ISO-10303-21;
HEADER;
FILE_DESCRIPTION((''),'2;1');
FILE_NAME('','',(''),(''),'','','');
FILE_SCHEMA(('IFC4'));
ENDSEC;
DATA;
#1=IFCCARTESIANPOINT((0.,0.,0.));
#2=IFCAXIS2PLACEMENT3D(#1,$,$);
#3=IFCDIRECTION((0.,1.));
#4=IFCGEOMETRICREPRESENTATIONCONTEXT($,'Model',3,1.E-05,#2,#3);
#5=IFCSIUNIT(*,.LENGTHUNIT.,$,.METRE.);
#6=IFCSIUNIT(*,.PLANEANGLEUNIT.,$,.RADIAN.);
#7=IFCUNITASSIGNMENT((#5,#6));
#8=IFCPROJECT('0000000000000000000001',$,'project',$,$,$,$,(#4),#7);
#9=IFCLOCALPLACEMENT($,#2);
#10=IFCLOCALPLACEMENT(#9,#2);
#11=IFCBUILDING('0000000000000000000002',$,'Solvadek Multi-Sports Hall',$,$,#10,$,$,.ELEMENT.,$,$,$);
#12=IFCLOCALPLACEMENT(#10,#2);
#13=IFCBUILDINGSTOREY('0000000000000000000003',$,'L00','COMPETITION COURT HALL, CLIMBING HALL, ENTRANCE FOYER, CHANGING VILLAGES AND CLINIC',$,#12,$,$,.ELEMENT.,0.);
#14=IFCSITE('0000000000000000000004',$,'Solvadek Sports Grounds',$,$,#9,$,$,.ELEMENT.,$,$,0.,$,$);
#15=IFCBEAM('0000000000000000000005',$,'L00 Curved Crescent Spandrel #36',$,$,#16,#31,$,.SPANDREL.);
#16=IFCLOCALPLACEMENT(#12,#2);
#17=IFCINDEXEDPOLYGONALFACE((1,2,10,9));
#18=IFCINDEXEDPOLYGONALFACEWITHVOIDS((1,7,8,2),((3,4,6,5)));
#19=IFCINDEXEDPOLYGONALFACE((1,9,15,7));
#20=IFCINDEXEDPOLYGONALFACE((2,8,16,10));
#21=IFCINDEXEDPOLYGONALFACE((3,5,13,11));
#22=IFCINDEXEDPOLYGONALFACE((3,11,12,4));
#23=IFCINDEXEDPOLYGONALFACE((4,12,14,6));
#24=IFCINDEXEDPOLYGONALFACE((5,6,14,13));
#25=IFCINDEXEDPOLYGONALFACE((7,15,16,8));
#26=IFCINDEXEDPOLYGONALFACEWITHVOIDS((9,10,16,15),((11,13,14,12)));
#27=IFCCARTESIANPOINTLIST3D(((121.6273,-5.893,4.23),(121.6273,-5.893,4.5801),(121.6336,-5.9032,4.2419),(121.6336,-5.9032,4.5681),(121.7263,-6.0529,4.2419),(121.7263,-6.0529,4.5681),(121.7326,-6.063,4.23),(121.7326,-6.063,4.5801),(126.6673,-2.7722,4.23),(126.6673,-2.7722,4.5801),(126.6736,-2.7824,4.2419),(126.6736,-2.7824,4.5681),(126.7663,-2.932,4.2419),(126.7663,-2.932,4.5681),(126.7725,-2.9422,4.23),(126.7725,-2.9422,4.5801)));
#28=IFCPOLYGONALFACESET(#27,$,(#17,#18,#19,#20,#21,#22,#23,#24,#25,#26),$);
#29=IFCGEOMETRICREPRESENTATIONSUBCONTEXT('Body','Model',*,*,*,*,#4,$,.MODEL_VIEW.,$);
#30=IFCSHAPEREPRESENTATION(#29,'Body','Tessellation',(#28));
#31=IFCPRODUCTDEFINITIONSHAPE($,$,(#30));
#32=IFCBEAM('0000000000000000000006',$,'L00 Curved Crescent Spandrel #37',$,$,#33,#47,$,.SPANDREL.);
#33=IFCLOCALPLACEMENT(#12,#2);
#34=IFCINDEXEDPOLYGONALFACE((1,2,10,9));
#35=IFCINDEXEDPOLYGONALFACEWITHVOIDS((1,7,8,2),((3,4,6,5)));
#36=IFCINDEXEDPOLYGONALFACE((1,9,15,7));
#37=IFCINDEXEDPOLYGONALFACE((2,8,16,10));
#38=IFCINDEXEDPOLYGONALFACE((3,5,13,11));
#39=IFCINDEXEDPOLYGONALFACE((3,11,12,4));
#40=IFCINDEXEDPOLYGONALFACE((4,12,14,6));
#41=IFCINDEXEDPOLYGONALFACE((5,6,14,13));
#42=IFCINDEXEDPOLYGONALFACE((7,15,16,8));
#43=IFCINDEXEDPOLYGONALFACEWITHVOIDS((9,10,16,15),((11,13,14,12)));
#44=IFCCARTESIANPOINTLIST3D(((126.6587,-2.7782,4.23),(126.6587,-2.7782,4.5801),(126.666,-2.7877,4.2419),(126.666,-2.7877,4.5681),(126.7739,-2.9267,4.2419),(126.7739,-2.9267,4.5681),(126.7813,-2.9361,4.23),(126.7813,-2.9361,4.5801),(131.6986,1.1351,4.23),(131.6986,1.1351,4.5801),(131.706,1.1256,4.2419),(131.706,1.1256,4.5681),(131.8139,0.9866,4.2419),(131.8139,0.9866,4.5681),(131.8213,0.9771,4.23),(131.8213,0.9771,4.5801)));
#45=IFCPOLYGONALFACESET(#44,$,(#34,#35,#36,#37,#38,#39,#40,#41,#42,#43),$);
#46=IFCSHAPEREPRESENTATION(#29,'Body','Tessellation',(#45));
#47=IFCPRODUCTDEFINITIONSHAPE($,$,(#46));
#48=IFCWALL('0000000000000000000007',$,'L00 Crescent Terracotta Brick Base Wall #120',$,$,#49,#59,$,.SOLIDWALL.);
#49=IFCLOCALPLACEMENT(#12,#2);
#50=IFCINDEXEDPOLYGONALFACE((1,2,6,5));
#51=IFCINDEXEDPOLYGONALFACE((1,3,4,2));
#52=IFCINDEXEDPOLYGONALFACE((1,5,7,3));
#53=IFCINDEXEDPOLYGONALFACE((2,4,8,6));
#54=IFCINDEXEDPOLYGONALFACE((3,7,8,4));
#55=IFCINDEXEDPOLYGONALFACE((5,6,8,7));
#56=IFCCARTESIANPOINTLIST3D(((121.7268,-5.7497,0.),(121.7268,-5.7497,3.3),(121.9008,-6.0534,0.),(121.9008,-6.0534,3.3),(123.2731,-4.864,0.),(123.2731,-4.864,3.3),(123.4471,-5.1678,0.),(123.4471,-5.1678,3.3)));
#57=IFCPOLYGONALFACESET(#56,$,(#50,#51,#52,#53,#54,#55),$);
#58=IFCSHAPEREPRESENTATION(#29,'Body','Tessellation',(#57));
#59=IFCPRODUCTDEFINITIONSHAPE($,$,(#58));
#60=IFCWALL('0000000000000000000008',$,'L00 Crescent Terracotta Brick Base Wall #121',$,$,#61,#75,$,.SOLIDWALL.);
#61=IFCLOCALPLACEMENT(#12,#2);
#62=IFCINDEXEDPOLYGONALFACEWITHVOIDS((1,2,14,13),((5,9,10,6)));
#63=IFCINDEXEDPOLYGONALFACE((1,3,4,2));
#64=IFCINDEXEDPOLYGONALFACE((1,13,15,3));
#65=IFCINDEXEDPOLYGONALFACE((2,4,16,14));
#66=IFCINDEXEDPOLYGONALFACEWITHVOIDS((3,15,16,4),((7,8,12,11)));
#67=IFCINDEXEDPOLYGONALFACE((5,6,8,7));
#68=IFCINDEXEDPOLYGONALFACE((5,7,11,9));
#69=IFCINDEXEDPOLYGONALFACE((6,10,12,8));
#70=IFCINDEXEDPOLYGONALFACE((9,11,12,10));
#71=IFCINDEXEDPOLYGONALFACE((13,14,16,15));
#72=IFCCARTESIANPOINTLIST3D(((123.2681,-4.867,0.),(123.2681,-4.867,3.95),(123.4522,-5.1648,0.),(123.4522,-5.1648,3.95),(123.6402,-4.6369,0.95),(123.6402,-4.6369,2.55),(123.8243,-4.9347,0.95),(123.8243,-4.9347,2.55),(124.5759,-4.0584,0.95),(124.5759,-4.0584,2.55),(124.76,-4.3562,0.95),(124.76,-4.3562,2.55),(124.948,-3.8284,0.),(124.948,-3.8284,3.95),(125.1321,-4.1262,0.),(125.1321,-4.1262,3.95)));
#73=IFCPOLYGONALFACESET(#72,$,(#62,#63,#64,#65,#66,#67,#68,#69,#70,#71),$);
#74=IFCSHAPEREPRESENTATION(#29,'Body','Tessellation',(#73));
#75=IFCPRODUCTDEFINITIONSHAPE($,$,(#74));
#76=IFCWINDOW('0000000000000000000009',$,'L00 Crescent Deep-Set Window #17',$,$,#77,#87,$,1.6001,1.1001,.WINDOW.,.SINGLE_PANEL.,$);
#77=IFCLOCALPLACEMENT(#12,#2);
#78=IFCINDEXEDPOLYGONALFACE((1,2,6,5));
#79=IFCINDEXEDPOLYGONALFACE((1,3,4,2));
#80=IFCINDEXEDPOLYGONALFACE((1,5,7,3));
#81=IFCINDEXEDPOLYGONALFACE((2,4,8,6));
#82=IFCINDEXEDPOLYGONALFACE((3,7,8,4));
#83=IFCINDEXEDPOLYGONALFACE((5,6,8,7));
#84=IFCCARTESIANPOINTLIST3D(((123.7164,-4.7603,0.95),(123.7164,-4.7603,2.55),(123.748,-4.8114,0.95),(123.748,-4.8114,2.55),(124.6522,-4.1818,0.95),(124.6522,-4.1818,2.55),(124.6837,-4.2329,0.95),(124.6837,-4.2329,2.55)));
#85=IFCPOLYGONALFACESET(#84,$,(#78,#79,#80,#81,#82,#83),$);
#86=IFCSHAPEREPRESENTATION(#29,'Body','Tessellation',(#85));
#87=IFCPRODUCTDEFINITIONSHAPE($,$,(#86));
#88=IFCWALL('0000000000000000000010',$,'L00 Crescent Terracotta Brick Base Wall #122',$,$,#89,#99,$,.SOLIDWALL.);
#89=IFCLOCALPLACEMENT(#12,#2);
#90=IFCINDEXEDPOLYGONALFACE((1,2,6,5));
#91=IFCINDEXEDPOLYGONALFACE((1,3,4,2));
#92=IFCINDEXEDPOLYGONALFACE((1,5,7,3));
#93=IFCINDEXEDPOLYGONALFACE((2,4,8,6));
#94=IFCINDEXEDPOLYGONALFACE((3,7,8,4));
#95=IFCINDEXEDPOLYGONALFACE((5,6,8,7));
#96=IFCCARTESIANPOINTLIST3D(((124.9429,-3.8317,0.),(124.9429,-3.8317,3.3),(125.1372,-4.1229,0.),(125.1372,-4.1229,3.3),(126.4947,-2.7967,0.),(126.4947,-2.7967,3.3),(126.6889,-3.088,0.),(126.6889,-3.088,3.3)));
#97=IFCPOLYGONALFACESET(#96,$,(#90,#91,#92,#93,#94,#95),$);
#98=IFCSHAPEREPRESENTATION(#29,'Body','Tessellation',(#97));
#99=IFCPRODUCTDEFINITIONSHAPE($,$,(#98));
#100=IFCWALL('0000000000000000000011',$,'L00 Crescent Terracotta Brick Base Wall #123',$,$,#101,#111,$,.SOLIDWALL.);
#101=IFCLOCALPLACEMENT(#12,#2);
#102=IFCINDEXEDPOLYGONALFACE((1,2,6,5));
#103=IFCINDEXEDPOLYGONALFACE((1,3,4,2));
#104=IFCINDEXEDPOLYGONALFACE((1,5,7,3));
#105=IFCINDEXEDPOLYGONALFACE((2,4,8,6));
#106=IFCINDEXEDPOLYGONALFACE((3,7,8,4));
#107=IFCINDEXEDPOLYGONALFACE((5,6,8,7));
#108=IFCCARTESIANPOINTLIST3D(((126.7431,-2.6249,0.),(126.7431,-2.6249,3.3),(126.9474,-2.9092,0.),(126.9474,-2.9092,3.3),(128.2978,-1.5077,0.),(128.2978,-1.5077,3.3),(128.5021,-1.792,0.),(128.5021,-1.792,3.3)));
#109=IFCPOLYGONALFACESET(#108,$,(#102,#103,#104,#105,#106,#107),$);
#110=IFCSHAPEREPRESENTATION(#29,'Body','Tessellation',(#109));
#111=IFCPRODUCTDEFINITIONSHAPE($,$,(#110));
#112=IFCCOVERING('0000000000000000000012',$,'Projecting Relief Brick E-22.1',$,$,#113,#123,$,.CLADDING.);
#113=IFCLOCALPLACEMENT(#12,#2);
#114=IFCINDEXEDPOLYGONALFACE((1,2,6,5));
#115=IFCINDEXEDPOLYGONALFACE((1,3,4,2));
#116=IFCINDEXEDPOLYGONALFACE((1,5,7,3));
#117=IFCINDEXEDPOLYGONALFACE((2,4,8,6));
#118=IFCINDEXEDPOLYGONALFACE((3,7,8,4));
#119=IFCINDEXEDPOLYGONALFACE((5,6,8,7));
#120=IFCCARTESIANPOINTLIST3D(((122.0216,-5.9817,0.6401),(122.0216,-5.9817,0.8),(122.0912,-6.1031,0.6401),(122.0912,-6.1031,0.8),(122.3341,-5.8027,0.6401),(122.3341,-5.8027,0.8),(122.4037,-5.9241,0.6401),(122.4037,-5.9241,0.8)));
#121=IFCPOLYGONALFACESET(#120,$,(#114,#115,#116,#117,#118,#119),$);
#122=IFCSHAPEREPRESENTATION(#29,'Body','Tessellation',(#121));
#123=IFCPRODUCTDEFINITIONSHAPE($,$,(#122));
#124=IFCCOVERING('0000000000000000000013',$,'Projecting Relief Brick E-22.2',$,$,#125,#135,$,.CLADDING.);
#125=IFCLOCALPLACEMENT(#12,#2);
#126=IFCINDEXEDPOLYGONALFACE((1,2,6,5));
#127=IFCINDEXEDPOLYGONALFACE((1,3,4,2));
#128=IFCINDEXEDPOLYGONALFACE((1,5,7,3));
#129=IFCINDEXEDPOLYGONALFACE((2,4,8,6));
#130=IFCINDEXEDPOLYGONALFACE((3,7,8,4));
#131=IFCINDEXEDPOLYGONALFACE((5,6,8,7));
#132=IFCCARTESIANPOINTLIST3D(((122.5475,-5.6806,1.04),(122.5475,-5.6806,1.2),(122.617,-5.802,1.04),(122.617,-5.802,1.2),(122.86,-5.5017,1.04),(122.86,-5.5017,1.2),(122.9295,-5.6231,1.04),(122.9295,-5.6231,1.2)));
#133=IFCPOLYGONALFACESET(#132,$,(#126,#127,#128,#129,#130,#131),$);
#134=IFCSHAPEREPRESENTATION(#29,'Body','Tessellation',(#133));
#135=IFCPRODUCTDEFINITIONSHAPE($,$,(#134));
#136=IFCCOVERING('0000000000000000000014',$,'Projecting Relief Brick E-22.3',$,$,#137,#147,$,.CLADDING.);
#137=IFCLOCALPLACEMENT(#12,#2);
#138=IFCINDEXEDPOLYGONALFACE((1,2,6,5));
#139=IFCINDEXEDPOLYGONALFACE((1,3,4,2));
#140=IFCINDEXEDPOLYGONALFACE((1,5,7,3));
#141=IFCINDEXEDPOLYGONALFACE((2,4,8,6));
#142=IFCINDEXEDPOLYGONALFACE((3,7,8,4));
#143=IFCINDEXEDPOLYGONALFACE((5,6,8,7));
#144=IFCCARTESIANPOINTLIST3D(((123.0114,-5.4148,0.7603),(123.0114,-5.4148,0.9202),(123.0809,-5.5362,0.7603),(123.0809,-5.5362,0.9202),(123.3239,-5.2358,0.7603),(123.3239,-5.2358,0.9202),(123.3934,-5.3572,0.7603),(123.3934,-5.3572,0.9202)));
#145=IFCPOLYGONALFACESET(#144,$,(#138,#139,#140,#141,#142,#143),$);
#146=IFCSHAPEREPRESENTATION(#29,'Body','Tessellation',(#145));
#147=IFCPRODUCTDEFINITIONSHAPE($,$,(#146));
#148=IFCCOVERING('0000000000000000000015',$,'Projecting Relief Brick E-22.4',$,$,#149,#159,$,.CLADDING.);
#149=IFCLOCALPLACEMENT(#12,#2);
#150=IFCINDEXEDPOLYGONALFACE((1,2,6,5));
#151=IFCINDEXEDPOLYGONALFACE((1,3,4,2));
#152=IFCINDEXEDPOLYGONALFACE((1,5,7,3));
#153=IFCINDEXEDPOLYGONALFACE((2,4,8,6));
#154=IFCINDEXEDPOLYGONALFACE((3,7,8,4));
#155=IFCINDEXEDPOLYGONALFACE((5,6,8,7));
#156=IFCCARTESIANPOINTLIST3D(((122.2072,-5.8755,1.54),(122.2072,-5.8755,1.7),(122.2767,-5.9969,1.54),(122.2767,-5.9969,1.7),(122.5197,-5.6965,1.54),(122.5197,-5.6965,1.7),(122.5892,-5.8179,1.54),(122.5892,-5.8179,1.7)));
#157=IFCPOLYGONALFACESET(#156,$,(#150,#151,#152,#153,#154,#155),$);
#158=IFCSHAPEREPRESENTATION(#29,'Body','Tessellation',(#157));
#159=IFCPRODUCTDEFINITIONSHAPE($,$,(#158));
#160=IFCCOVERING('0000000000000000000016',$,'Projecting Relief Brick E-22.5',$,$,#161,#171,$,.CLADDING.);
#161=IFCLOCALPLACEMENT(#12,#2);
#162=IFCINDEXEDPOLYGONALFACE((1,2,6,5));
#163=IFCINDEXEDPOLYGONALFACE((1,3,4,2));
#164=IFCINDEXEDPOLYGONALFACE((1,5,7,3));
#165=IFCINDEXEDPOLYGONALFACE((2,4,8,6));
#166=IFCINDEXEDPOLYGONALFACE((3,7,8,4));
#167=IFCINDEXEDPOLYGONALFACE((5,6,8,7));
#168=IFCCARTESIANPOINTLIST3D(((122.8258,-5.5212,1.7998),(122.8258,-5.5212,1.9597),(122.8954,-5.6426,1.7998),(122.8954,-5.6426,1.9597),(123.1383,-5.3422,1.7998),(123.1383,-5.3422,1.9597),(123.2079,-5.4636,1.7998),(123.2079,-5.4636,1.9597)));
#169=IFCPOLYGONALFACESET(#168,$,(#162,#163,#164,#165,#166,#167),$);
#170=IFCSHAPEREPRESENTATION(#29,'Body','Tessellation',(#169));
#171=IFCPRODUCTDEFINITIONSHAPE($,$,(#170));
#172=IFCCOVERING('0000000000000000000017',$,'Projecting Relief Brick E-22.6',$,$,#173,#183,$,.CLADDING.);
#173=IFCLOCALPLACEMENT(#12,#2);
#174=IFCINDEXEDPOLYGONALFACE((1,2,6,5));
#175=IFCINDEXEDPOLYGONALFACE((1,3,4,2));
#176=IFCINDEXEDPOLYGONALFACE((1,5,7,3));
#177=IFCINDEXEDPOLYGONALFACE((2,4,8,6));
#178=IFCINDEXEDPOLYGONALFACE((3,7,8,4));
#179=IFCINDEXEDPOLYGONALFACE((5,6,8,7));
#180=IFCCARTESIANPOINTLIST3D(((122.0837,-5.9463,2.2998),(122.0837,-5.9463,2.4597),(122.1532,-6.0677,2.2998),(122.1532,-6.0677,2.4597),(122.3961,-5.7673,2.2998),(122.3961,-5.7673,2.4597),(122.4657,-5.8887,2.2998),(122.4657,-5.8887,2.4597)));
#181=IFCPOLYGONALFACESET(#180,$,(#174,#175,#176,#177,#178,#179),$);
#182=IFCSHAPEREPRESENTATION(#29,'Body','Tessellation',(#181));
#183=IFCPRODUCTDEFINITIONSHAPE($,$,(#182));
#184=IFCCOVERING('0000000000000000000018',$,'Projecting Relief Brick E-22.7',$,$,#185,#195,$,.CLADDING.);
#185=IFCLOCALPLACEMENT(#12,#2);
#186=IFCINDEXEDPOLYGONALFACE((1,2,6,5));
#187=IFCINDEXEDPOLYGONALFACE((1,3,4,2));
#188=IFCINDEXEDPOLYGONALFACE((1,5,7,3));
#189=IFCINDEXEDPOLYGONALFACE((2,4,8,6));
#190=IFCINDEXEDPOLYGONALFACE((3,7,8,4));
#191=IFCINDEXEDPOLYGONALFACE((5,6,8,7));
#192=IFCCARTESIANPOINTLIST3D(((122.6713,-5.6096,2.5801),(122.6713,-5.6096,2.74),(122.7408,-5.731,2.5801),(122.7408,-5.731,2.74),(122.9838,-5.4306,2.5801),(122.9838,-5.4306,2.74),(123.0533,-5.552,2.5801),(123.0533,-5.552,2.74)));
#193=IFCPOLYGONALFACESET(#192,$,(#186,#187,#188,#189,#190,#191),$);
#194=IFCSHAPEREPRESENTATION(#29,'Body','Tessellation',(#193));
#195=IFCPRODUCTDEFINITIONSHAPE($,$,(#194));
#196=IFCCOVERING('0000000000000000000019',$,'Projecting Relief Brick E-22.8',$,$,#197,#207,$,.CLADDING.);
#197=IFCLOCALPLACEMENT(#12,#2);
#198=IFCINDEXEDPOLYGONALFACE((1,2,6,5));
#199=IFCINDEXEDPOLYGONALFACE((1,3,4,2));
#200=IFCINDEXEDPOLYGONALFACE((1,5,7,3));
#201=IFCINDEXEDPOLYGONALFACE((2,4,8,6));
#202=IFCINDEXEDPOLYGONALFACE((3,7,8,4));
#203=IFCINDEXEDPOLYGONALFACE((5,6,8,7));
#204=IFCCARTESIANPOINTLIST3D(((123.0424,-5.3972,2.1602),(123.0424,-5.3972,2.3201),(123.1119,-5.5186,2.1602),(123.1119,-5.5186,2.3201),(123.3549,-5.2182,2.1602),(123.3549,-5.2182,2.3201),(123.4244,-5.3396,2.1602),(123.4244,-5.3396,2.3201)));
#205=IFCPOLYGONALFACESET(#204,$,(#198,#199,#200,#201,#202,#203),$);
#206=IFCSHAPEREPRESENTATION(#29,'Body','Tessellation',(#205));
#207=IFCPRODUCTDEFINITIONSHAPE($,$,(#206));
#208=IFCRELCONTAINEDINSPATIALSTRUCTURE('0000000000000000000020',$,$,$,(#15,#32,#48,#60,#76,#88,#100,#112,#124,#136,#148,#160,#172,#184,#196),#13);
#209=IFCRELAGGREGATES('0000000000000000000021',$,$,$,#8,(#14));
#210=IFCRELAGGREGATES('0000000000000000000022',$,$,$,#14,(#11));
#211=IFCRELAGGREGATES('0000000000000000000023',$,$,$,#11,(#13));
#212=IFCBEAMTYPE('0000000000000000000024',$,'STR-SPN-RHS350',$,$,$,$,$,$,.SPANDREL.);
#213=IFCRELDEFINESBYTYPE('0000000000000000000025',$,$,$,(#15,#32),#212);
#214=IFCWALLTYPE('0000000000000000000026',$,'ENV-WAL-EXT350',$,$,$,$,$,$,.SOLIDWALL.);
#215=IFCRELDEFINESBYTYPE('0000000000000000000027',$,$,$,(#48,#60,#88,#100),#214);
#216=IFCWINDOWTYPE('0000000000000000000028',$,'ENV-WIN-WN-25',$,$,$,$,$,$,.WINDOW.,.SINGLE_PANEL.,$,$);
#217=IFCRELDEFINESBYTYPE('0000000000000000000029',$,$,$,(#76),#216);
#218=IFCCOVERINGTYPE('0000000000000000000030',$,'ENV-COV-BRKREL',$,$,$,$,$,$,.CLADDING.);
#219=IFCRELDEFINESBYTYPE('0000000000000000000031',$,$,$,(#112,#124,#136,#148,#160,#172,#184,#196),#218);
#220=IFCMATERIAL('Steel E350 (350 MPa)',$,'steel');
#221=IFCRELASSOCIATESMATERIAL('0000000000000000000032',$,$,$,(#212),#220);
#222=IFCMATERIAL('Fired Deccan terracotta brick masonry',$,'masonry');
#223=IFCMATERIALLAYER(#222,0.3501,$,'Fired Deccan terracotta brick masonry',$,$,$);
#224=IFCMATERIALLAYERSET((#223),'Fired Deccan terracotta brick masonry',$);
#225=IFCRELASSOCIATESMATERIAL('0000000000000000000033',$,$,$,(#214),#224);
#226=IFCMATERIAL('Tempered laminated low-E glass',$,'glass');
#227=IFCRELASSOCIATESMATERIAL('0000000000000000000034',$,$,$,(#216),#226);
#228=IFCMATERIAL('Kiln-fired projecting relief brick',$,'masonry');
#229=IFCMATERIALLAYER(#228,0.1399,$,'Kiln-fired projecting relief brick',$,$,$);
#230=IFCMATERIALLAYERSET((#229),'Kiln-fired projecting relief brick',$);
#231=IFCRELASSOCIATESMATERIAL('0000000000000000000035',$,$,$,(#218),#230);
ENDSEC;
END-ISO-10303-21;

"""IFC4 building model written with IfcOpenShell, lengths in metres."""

from ifc_helpers import new_model, si_unit, direction, frame, frame_2d, origin, origin_2d, place, context, subcontext, project, spatial, rectangle, hollow_rectangle, extrude, material, layer, layer_set, material_profile, profile_set, type_object, element, fill, save


model = new_model("IFC4")

# Units and contexts
model_context = context("Model", 3, precision=1e-05, world=origin(), true_north=direction((0.0, 1.0)))
body_context = subcontext(model_context, "Body", "Model", "MODEL_VIEW")
ifc_project = project(units=[si_unit("LENGTHUNIT", "METRE"), si_unit("PLANEANGLEUNIT", "RADIAN")], contexts=[model_context])

# Site, building, storey
site_placement = place(None, origin())
site = spatial("IfcSite", under=ifc_project, at=site_placement, Name="Solvadek Sports Grounds", CompositionType="ELEMENT", RefElevation=0.0)
building_placement = place(site_placement, origin())
building = spatial("IfcBuilding", under=site, at=building_placement, Name="Solvadek Multi-Sports Hall", CompositionType="ELEMENT")
storey_placement = place(building_placement, origin())
storey = spatial("IfcBuildingStorey", under=building, at=storey_placement, Name="L00", Description="COMPETITION COURT HALL, CLIMBING HALL, ENTRANCE FOYER, CHANGING VILLAGES AND CLINIC", CompositionType="ELEMENT", Elevation=0.0)

# Shared definitions
ifc_material_1 = material(Name="Steel E350 (350 MPa)", Category="steel")

# Beams
ifc_material_profile_1 = material_profile(ifc_material_1, hollow_rectangle(XDim=0.2, YDim=0.3501, WallThickness=0.012, at=origin_2d()), Name="RHS 350x200x12")
ifc_profile_set_1 = profile_set([ifc_material_profile_1], Name="Steel E350 (350 MPa)")
beam_type_1 = type_object("IfcBeamType", Name="STR-SPN-RHS350", PredefinedType="SPANDREL", material=ifc_profile_set_1)
beam_1_placement = place(storey_placement, frame((121.6799, -5.978, 4.405), z_axis=(0.850203, 0.526455, 0.0), x_axis=(-0.526455, 0.850203, 0.0)))
element("IfcBeam", 1, at=beam_1_placement, inside=storey, type_object=beam_type_1, Name="L00 Curved Crescent Spandrel #36", PredefinedType="SPANDREL", context=body_context, shape_type="SweptSolid", body=[
    extrude(hollow_rectangle(XDim=0.2, YDim=0.3501, WallThickness=0.012, at=origin_2d()), origin(), (0.0, 0.0, 1.0), 5.928),
])
beam_2_placement = place(storey_placement, frame((126.72, -2.8572, 4.405), z_axis=(0.789861, 0.613286, 0.0), x_axis=(-0.613286, 0.789861, 0.0)))
element("IfcBeam", 2, at=beam_2_placement, inside=storey, type_object=beam_type_1, Name="L00 Curved Crescent Spandrel #37", PredefinedType="SPANDREL", context=body_context, shape_type="SweptSolid", body=[
    extrude(hollow_rectangle(XDim=0.2, YDim=0.3501, WallThickness=0.012, at=origin_2d()), origin(), (0.0, 0.0, 1.0), 6.3809),
])

# Wall
ifc_material_2 = material(Name="Fired Deccan terracotta brick masonry", Category="masonry")
ifc_layer_1 = layer(ifc_material_2, 0.3501, Name="Fired Deccan terracotta brick masonry")
ifc_layer_set_1 = layer_set([ifc_layer_1], Name="Fired Deccan terracotta brick masonry")
wall_type = type_object("IfcWallType", Name="ENV-WAL-EXT350", PredefinedType="SOLIDWALL", material=ifc_layer_set_1)
wall_1_placement = place(storey_placement, frame((121.8137, -5.9016, 0.0), z_axis=(0.0, 0.0, 1.0), x_axis=(0.867737, 0.497024, 0.0)))
element("IfcWall", 3, at=wall_1_placement, inside=storey, type_object=wall_type, Name="L00 Crescent Terracotta Brick Base Wall #120", PredefinedType="SOLIDWALL", context=body_context, shape_type="SweptSolid", body=[
    extrude(rectangle(XDim=1.782, YDim=0.3501, at=frame_2d((0.8911, 0.0))), origin(), (0.0, 0.0, 1.0), 3.3),
])

# Wall, opening, window
wall_2_placement = place(storey_placement, frame((123.3601, -5.0159, 0.0), z_axis=(0.0, 0.0, 1.0), x_axis=(0.850578, 0.525848, 0.0)))
wall_2 = element("IfcWall", 4, at=wall_2_placement, inside=storey, type_object=wall_type, Name="L00 Crescent Terracotta Brick Base Wall #121", PredefinedType="SOLIDWALL", context=body_context, shape_type="SweptSolid", body=[
    extrude(rectangle(XDim=1.9751, YDim=0.3501, at=frame_2d((0.9875, 0.0))), origin(), (0.0, 0.0, 1.0), 3.95),
])
opening_placement = place(wall_2_placement, frame((0.4375, 0.0, 0.95)))
opening = element("IfcOpeningElement", 5, at=opening_placement, cuts=wall_2, PredefinedType="OPENING", context=body_context, shape_type="SweptSolid", body=[
    extrude(rectangle(XDim=1.1001, YDim=1.6001, at=frame_2d((0.55, 0.8))), frame((0.0, 0.1851, 0.0), z_axis=(0.0, -1.0, 0.0), x_axis=(1.0, 0.0, 0.0)), (0.0, 0.0, 1.0), 0.3701),
])
ifc_material_3 = material(Name="Tempered laminated low-E glass", Category="glass")
window_type = type_object("IfcWindowType", Name="ENV-WIN-WN-25", PartitioningType="SINGLE_PANEL", PredefinedType="WINDOW", material=ifc_material_3)
window_placement = place(opening_placement, origin())
window = element("IfcWindow", 6, at=window_placement, inside=storey, type_object=window_type, Name="L00 Crescent Deep-Set Window #17", OverallHeight=1.6001, OverallWidth=1.1001, PartitioningType="SINGLE_PANEL", PredefinedType="WINDOW", context=body_context, shape_type="SweptSolid", body=[
    extrude(rectangle(XDim=1.1001, YDim=1.6001, at=frame_2d((0.55, 0.8))), frame((0.0, 0.03, 0.0), z_axis=(0.0, -1.0, 0.0), x_axis=(1.0, 0.0, 0.0)), (0.0, 0.0, 1.0), 0.0601),
])
fill(opening, window)

# Walls
wall_3_placement = place(storey_placement, frame((125.04, -3.9773, 0.0), z_axis=(0.0, 0.0, 1.0), x_axis=(0.83195, 0.554851, 0.0)))
element("IfcWall", 7, at=wall_3_placement, inside=storey, type_object=wall_type, Name="L00 Crescent Terracotta Brick Base Wall #122", PredefinedType="SOLIDWALL", context=body_context, shape_type="SweptSolid", body=[
    extrude(rectangle(XDim=1.8652, YDim=0.3501, at=frame_2d((0.9326, 0.0))), origin(), (0.0, 0.0, 1.0), 3.3),
])
wall_4_placement = place(storey_placement, frame((126.8452, -2.7671, 0.0), z_axis=(0.0, 0.0, 1.0), x_axis=(0.812076, 0.583552, 0.0)))
element("IfcWall", 8, at=wall_4_placement, inside=storey, type_object=wall_type, Name="L00 Crescent Terracotta Brick Base Wall #123", PredefinedType="SOLIDWALL", context=body_context, shape_type="SweptSolid", body=[
    extrude(rectangle(XDim=1.9146, YDim=0.3501, at=frame_2d((0.9573, 0.0))), origin(), (0.0, 0.0, 1.0), 3.3),
])

# Coverings
ifc_material_4 = material(Name="Kiln-fired projecting relief brick", Category="masonry")
ifc_layer_2 = layer(ifc_material_4, 0.1399, Name="Kiln-fired projecting relief brick")
ifc_layer_set_2 = layer_set([ifc_layer_2], Name="Kiln-fired projecting relief brick")
covering_type = type_object("IfcCoveringType", Name="ENV-COV-BRKREL", PredefinedType="CLADDING", material=ifc_layer_set_2)
for number, where, z_axis, x_axis, name in (
    (9, (122.2126, -5.9529, 0.6401), (0.0, 0.0, 1.0), (0.867753, 0.496995, 0.0), "Projecting Relief Brick E-22.1"),
    (10, (122.7385, -5.6519, 1.04), (0.0, 0.0, 1.0), (0.867753, 0.496995, 0.0), "Projecting Relief Brick E-22.2"),
    (11, (123.2024, -5.386, 0.7603), (0.0, 0.0, 1.0), (0.867753, 0.496995, 0.0), "Projecting Relief Brick E-22.3"),
    (12, (122.3982, -5.8467, 1.54), (0.0, 0.0, 1.0), (0.867753, 0.496995, 0.0), "Projecting Relief Brick E-22.4"),
    (13, (123.0168, -5.4924, 1.7998), (0.0, 0.0, 1.0), (0.867753, 0.496995, 0.0), "Projecting Relief Brick E-22.5"),
    (14, (122.2747, -5.9175, 2.2998), (0.0, 0.0, 1.0), (0.867753, 0.496995, 0.0), "Projecting Relief Brick E-22.6"),
    (15, (122.8623, -5.5808, 2.5801), (0.0, 0.0, 1.0), (0.867753, 0.496995, 0.0), "Projecting Relief Brick E-22.7"),
    (16, (123.2334, -5.3684, 2.1602), (0.0, 0.0, 1.0), (0.867753, 0.496995, 0.0), "Projecting Relief Brick E-22.8"),
):
    element("IfcCovering", number, at=place(storey_placement, frame(where, z_axis=z_axis, x_axis=x_axis)), inside=storey, type_object=covering_type, Name=name, PredefinedType="CLADDING", context=body_context, shape_type="SweptSolid", body=[
        extrude(rectangle(XDim=0.3601, YDim=0.1399, at=origin_2d()), origin(), (0.0, 0.0, 1.0), 0.1599),
    ])

save(model, "model.ifc")
